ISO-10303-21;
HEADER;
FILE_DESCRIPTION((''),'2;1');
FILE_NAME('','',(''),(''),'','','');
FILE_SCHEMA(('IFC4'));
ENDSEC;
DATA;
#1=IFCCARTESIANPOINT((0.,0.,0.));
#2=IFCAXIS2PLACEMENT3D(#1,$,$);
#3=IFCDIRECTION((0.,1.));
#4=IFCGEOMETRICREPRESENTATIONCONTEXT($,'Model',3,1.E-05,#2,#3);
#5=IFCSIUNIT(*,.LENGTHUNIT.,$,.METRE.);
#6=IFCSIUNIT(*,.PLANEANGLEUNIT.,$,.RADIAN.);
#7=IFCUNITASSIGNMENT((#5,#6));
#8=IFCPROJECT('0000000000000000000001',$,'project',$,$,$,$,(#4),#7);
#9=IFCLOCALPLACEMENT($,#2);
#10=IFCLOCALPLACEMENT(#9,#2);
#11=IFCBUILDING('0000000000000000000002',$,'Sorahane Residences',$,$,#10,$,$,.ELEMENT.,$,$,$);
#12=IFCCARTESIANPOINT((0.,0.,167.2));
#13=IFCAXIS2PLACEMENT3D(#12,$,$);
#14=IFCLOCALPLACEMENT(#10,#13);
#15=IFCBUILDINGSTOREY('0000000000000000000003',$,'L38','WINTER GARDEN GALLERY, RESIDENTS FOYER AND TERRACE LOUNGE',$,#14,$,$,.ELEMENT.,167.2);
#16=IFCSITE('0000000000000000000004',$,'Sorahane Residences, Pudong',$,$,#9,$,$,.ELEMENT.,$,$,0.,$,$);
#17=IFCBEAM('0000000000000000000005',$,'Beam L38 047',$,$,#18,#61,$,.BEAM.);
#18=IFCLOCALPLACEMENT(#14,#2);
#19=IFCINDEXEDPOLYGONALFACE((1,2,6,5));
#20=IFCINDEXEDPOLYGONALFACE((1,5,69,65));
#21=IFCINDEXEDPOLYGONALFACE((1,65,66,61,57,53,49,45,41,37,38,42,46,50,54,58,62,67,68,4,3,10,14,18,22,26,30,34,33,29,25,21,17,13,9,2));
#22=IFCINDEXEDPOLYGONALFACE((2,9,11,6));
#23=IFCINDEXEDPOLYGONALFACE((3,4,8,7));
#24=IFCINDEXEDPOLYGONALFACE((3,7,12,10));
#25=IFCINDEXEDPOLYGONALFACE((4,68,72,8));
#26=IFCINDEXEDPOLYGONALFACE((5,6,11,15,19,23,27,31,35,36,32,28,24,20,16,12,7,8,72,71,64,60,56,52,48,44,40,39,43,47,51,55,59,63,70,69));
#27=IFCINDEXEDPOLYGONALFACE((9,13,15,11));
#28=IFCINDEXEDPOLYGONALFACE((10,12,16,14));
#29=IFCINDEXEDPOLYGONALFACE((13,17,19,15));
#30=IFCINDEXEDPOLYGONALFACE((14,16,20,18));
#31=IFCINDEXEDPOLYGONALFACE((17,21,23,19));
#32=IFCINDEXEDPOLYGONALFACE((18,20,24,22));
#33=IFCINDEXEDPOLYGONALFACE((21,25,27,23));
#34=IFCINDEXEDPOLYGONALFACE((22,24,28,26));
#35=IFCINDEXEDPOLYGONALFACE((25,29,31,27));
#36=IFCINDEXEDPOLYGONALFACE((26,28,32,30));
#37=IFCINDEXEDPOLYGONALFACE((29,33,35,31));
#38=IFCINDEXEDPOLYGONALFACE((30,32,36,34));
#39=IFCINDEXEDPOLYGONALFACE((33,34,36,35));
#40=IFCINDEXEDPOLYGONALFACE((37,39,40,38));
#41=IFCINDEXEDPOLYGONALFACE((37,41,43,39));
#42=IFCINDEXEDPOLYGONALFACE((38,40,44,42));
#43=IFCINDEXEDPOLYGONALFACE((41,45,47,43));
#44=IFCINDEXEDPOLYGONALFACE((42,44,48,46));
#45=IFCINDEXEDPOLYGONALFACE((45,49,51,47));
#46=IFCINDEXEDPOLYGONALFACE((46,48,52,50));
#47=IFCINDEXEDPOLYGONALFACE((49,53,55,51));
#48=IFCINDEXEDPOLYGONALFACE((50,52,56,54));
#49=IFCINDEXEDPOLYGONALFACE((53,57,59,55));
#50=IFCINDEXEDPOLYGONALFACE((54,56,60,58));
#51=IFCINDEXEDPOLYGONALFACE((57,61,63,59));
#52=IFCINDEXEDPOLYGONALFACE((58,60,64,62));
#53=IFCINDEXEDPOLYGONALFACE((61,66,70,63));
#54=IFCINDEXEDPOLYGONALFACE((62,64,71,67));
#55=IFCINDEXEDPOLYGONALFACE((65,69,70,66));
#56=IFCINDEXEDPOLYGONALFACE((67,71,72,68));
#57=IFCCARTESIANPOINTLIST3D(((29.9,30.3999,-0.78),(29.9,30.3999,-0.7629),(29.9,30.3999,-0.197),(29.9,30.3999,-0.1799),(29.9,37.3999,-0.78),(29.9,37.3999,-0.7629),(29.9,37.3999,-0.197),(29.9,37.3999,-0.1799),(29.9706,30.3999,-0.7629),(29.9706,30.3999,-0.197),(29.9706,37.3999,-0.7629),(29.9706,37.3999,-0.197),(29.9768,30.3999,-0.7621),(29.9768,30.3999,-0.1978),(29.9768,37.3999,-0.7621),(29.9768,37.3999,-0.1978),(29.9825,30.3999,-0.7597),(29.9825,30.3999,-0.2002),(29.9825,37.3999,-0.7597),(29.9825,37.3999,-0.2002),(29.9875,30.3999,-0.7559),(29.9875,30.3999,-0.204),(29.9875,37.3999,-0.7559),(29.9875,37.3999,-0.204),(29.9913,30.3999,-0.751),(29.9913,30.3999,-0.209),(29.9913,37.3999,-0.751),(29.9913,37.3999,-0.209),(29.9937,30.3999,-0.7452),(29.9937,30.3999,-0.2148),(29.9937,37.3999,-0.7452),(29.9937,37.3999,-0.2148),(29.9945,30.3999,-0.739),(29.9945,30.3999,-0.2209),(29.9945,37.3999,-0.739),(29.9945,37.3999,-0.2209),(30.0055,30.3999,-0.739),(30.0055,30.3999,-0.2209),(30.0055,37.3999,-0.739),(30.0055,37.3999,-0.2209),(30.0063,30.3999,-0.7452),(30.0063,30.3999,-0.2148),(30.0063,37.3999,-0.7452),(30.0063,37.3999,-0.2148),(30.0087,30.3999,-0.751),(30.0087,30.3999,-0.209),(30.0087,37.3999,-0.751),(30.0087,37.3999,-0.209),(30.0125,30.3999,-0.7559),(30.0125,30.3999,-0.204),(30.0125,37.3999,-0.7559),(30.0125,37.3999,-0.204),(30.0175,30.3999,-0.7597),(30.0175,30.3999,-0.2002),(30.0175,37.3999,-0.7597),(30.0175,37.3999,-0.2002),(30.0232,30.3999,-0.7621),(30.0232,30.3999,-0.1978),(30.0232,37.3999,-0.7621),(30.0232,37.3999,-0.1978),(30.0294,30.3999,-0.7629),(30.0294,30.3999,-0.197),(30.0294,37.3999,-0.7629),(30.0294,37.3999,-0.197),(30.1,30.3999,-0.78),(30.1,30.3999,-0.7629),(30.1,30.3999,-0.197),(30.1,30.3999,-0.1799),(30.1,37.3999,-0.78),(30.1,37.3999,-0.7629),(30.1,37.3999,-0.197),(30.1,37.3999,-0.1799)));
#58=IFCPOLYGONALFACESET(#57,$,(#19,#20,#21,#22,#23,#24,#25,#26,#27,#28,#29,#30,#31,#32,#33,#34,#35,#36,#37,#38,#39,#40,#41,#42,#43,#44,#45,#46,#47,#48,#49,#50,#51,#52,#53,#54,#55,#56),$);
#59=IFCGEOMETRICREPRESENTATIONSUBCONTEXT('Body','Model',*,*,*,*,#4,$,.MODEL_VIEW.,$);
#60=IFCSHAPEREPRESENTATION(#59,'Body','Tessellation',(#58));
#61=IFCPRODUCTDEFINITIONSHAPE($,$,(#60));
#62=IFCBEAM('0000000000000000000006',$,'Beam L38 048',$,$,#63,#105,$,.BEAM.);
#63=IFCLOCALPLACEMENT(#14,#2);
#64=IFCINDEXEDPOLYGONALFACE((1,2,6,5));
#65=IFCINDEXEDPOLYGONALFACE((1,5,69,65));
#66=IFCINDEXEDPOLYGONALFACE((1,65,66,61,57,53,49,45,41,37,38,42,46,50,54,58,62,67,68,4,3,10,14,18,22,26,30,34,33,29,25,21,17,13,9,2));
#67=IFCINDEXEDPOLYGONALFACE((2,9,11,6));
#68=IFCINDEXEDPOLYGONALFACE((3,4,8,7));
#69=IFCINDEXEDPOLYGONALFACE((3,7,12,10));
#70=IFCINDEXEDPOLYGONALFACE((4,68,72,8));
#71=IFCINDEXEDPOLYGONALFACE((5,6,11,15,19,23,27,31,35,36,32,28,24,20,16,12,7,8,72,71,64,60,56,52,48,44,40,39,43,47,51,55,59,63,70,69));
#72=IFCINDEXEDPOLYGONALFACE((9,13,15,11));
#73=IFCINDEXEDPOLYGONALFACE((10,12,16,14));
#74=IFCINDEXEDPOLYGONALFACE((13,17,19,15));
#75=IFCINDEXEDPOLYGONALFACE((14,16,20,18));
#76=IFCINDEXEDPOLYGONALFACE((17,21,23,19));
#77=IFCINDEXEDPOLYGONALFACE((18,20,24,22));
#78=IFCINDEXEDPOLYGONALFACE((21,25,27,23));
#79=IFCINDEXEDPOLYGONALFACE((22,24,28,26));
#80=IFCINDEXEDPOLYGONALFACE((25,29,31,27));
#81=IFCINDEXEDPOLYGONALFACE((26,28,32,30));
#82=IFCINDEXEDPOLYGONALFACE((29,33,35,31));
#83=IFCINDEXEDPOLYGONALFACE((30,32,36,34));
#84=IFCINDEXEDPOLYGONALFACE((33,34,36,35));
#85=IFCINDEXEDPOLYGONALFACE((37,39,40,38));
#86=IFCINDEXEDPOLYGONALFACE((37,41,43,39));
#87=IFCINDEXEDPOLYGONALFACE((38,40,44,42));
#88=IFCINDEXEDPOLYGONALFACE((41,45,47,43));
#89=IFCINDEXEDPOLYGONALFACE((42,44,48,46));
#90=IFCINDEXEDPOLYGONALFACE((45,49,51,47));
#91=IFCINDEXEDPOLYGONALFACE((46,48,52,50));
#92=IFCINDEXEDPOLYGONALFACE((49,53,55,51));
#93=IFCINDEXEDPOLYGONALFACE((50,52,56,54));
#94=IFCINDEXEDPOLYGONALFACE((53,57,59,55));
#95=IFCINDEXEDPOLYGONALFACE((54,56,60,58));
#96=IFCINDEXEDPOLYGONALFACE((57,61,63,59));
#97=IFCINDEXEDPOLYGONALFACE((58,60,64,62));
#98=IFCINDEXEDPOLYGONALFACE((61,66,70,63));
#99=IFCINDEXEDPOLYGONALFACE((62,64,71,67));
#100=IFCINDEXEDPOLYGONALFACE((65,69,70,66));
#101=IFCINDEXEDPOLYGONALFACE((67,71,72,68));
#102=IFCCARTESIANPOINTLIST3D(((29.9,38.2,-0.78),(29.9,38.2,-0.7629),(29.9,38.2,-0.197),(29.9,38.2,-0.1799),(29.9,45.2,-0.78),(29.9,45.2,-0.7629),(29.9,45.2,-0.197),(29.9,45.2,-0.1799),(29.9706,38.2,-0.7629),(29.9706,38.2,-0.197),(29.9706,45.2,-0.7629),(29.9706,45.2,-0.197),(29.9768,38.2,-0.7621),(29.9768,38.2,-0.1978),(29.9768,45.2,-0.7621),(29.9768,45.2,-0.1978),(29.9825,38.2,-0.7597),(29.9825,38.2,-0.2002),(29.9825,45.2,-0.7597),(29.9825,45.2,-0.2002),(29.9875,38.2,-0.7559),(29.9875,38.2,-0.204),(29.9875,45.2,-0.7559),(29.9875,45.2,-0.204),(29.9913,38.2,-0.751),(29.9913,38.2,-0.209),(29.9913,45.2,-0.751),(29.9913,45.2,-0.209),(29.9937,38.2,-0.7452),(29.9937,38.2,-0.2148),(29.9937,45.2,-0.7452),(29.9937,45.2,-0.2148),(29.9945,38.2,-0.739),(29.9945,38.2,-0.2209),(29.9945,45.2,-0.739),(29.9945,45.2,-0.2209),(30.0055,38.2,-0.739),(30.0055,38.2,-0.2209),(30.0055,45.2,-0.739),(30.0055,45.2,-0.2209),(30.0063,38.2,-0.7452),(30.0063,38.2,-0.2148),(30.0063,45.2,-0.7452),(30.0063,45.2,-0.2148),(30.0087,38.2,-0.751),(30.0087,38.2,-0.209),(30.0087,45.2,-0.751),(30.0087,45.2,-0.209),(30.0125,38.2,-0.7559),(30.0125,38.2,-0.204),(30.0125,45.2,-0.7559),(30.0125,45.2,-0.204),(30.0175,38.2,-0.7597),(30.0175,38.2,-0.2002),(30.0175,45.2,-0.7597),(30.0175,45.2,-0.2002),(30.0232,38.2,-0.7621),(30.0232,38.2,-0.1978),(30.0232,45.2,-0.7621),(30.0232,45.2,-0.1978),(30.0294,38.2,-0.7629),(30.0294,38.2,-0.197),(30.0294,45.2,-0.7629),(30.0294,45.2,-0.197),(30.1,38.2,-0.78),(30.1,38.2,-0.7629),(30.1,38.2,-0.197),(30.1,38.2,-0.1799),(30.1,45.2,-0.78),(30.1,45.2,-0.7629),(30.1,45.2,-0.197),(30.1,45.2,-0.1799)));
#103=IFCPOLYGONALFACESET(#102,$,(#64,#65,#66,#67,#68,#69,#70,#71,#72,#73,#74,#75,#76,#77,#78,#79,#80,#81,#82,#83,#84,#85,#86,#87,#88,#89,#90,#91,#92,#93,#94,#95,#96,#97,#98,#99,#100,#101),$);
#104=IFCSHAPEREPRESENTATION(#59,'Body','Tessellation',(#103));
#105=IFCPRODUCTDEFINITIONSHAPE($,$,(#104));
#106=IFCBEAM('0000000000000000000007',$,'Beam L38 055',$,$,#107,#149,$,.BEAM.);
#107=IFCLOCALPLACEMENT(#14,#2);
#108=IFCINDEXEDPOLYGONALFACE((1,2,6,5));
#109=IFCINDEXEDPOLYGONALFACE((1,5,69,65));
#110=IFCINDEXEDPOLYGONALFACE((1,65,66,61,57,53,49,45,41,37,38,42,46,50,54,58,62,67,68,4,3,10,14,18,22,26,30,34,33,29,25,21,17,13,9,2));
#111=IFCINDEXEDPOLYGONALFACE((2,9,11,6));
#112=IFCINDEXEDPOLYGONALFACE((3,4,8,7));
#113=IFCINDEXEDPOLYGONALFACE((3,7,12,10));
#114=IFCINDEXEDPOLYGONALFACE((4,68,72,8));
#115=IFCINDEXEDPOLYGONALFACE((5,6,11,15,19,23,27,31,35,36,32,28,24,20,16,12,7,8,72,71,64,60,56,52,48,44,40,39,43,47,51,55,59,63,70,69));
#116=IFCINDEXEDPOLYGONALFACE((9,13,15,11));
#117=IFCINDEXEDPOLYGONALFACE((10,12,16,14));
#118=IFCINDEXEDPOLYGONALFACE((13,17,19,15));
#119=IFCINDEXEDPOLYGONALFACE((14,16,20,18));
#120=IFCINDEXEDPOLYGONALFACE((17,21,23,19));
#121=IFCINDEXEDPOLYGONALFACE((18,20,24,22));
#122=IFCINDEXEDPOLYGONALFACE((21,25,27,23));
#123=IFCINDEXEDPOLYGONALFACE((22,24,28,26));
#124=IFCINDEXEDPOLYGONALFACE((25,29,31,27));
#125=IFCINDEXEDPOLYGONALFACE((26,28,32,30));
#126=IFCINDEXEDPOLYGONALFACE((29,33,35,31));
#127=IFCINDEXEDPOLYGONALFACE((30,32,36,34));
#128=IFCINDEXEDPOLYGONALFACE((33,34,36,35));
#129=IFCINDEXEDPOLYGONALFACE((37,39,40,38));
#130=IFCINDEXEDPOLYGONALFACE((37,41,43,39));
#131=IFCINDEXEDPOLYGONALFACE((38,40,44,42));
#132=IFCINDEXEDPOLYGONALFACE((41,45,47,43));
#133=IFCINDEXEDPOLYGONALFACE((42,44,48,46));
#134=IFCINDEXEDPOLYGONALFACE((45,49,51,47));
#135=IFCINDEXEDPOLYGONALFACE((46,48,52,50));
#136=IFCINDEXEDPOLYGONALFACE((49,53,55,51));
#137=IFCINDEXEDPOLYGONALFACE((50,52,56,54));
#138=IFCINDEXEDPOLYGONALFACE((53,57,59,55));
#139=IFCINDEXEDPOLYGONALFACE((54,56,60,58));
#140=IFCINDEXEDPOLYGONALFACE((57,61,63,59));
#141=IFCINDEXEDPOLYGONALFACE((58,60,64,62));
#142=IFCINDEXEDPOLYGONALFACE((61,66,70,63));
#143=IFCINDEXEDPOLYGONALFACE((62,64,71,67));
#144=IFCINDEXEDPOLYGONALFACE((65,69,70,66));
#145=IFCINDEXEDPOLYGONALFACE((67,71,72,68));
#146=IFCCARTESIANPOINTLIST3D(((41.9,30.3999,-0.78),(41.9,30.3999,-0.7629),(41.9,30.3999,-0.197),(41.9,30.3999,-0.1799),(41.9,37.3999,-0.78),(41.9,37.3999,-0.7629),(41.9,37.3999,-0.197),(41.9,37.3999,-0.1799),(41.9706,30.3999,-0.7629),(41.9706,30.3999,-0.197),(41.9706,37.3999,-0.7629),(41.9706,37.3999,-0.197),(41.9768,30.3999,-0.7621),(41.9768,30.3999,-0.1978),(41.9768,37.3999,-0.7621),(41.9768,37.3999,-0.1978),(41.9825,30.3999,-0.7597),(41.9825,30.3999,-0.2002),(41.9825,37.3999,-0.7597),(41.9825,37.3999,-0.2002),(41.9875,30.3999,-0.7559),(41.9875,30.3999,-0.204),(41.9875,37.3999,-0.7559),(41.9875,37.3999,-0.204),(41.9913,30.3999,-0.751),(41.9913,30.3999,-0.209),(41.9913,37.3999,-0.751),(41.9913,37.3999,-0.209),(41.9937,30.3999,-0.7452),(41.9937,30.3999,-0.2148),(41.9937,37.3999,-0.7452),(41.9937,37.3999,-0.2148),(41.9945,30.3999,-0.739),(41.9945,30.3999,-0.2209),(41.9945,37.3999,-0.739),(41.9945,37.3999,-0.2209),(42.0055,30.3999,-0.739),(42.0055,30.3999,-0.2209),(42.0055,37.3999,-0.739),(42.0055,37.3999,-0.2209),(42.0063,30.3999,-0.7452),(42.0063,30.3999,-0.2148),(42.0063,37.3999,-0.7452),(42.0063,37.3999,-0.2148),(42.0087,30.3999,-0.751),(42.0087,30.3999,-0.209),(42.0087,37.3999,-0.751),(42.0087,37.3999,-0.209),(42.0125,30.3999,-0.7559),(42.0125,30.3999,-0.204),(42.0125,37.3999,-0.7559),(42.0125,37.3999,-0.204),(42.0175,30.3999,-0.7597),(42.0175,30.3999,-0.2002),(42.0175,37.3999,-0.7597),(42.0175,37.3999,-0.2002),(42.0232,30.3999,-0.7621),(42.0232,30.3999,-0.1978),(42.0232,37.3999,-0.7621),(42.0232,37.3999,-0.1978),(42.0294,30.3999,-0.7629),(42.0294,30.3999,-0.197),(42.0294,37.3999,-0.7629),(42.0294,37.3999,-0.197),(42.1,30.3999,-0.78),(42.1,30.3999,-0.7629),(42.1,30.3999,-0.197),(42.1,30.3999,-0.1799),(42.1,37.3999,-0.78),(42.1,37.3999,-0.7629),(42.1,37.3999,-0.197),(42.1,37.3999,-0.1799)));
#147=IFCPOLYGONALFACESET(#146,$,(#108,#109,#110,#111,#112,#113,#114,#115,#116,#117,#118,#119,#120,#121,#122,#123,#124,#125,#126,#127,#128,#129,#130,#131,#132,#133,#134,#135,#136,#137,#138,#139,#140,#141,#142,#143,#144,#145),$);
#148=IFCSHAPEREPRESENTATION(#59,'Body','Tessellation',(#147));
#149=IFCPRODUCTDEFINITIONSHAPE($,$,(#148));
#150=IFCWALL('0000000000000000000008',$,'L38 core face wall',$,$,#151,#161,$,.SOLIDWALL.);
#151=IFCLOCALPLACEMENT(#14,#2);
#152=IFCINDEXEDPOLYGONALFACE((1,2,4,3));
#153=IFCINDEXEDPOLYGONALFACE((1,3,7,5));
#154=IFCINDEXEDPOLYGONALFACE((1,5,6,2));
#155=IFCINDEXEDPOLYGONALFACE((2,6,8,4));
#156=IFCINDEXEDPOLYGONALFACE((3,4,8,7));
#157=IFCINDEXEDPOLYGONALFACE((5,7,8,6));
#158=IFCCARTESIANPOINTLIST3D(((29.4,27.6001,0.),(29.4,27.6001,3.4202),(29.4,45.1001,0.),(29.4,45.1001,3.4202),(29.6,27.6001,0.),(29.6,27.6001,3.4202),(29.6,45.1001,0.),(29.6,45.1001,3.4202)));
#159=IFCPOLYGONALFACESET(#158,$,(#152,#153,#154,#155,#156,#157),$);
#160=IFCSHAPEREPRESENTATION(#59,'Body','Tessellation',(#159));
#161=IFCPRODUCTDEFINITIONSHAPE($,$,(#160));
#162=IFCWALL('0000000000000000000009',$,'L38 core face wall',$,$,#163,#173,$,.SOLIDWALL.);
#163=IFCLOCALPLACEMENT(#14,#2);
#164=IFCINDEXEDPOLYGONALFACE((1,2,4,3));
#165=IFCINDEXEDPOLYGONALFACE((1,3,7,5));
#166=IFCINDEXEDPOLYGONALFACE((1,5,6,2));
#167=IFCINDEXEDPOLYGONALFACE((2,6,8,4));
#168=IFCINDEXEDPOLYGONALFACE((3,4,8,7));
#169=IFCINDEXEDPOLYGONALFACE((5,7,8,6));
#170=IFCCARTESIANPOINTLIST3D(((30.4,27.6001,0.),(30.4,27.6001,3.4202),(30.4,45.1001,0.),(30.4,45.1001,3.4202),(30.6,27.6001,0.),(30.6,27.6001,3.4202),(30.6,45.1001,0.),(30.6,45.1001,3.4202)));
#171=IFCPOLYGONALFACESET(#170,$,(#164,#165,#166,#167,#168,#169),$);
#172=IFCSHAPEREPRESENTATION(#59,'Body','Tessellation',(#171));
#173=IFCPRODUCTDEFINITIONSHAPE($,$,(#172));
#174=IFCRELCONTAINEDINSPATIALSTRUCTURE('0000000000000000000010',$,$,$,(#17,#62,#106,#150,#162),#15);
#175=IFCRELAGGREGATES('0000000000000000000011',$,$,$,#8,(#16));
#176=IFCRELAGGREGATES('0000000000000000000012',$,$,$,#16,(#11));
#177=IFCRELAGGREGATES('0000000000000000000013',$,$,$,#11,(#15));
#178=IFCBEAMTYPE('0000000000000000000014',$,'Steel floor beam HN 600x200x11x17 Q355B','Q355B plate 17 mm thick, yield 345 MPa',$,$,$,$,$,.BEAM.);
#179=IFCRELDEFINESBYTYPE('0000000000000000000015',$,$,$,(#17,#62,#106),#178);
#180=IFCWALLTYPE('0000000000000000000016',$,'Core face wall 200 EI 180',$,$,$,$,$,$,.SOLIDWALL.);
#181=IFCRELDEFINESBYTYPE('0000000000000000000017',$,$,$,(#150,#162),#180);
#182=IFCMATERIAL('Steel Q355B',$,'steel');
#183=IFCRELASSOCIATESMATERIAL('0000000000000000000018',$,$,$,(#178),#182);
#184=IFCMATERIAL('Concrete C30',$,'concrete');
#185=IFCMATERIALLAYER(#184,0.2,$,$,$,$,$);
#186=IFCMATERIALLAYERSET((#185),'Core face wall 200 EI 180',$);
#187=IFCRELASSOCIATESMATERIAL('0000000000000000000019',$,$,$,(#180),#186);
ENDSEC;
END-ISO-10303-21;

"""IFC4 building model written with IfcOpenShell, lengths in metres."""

from ifc_helpers import new_model, si_unit, direction, frame, frame_2d, origin, origin_2d, place, context, subcontext, project, spatial, rectangle, i_section, extrude, material, layer, layer_set, material_profile, profile_set, type_object, element, save


model = new_model("IFC4")

# Units and contexts
model_context = context("Model", 3, precision=1e-05, world=origin(), true_north=direction((0.0, 1.0)))
body_context = subcontext(model_context, "Body", "Model", "MODEL_VIEW")
ifc_project = project(units=[si_unit("LENGTHUNIT", "METRE"), si_unit("PLANEANGLEUNIT", "RADIAN")], contexts=[model_context])

# Site, building, storey
site_placement = place(None, origin())
site = spatial("IfcSite", under=ifc_project, at=site_placement, Name="Sorahane Residences, Pudong", CompositionType="ELEMENT", RefElevation=0.0)
building_placement = place(site_placement, origin())
building = spatial("IfcBuilding", under=site, at=building_placement, Name="Sorahane Residences", CompositionType="ELEMENT")
storey_placement = place(building_placement, frame((0.0, 0.0, 167.2)))
storey = spatial("IfcBuildingStorey", under=building, at=storey_placement, Name="L38", Description="WINTER GARDEN GALLERY, RESIDENTS FOYER AND TERRACE LOUNGE", CompositionType="ELEMENT", Elevation=167.2)

# Beams
ifc_material_1 = material(Name="Steel Q355B", Category="steel")
ifc_material_profile_1 = material_profile(ifc_material_1, i_section(OverallWidth=0.2, OverallDepth=0.6001, WebThickness=0.011, FlangeThickness=0.0171, FilletRadius=0.0239, at=origin_2d()), Name="HN 600x200x11x17")
ifc_profile_set_1 = profile_set([ifc_material_profile_1], Name="Steel Q355B")
beam_type_1 = type_object("IfcBeamType", Name="Steel floor beam HN 600x200x11x17 Q355B", Description="Q355B plate 17 mm thick, yield 345 MPa", PredefinedType="BEAM", material=ifc_profile_set_1)
for number, where, z_axis, x_axis, name in (
    (1, (30.0, 30.3999, -0.48), (0.0, 1.0, 0.0), (-1.0, 0.0, 0.0), "Beam L38 047"),
    (2, (30.0, 38.2, -0.48), (0.0, 1.0, 0.0), (-1.0, 0.0, 0.0), "Beam L38 048"),
    (3, (42.0, 30.3999, -0.48), (0.0, 1.0, 0.0), (-1.0, 0.0, 0.0), "Beam L38 055"),
):
    element("IfcBeam", number, at=place(storey_placement, frame(where, z_axis=z_axis, x_axis=x_axis)), inside=storey, type_object=beam_type_1, Name=name, PredefinedType="BEAM", context=body_context, shape_type="SweptSolid", body=[
        extrude(i_section(OverallWidth=0.2, OverallDepth=0.6001, WebThickness=0.011, FlangeThickness=0.0171, FilletRadius=0.0239, at=origin_2d()), origin(), (0.0, 0.0, 1.0), 7.0),
    ])

# Walls
ifc_material_2 = material(Name="Concrete C30", Category="concrete")
ifc_layer_1 = layer(ifc_material_2, 0.2)
ifc_layer_set_1 = layer_set([ifc_layer_1], Name="Core face wall 200 EI 180")
wall_type_1 = type_object("IfcWallType", Name="Core face wall 200 EI 180", PredefinedType="SOLIDWALL", material=ifc_layer_set_1)
for number, where, z_axis, x_axis, name in (
    (4, (29.5, 27.6001, 0.0), (0.0, 0.0, 1.0), (0.0, 1.0, 0.0), "L38 core face wall"),
    (5, (30.5, 27.6001, 0.0), (0.0, 0.0, 1.0), (0.0, 1.0, 0.0), "L38 core face wall"),
):
    element("IfcWall", number, at=place(storey_placement, frame(where, z_axis=z_axis, x_axis=x_axis)), inside=storey, type_object=wall_type_1, Name=name, PredefinedType="SOLIDWALL", context=body_context, shape_type="SweptSolid", body=[
        extrude(rectangle(XDim=17.5, YDim=0.2, at=frame_2d((8.75, 0.0))), origin(), (0.0, 0.0, 1.0), 3.4202),
    ])

save(model, "model.ifc")
